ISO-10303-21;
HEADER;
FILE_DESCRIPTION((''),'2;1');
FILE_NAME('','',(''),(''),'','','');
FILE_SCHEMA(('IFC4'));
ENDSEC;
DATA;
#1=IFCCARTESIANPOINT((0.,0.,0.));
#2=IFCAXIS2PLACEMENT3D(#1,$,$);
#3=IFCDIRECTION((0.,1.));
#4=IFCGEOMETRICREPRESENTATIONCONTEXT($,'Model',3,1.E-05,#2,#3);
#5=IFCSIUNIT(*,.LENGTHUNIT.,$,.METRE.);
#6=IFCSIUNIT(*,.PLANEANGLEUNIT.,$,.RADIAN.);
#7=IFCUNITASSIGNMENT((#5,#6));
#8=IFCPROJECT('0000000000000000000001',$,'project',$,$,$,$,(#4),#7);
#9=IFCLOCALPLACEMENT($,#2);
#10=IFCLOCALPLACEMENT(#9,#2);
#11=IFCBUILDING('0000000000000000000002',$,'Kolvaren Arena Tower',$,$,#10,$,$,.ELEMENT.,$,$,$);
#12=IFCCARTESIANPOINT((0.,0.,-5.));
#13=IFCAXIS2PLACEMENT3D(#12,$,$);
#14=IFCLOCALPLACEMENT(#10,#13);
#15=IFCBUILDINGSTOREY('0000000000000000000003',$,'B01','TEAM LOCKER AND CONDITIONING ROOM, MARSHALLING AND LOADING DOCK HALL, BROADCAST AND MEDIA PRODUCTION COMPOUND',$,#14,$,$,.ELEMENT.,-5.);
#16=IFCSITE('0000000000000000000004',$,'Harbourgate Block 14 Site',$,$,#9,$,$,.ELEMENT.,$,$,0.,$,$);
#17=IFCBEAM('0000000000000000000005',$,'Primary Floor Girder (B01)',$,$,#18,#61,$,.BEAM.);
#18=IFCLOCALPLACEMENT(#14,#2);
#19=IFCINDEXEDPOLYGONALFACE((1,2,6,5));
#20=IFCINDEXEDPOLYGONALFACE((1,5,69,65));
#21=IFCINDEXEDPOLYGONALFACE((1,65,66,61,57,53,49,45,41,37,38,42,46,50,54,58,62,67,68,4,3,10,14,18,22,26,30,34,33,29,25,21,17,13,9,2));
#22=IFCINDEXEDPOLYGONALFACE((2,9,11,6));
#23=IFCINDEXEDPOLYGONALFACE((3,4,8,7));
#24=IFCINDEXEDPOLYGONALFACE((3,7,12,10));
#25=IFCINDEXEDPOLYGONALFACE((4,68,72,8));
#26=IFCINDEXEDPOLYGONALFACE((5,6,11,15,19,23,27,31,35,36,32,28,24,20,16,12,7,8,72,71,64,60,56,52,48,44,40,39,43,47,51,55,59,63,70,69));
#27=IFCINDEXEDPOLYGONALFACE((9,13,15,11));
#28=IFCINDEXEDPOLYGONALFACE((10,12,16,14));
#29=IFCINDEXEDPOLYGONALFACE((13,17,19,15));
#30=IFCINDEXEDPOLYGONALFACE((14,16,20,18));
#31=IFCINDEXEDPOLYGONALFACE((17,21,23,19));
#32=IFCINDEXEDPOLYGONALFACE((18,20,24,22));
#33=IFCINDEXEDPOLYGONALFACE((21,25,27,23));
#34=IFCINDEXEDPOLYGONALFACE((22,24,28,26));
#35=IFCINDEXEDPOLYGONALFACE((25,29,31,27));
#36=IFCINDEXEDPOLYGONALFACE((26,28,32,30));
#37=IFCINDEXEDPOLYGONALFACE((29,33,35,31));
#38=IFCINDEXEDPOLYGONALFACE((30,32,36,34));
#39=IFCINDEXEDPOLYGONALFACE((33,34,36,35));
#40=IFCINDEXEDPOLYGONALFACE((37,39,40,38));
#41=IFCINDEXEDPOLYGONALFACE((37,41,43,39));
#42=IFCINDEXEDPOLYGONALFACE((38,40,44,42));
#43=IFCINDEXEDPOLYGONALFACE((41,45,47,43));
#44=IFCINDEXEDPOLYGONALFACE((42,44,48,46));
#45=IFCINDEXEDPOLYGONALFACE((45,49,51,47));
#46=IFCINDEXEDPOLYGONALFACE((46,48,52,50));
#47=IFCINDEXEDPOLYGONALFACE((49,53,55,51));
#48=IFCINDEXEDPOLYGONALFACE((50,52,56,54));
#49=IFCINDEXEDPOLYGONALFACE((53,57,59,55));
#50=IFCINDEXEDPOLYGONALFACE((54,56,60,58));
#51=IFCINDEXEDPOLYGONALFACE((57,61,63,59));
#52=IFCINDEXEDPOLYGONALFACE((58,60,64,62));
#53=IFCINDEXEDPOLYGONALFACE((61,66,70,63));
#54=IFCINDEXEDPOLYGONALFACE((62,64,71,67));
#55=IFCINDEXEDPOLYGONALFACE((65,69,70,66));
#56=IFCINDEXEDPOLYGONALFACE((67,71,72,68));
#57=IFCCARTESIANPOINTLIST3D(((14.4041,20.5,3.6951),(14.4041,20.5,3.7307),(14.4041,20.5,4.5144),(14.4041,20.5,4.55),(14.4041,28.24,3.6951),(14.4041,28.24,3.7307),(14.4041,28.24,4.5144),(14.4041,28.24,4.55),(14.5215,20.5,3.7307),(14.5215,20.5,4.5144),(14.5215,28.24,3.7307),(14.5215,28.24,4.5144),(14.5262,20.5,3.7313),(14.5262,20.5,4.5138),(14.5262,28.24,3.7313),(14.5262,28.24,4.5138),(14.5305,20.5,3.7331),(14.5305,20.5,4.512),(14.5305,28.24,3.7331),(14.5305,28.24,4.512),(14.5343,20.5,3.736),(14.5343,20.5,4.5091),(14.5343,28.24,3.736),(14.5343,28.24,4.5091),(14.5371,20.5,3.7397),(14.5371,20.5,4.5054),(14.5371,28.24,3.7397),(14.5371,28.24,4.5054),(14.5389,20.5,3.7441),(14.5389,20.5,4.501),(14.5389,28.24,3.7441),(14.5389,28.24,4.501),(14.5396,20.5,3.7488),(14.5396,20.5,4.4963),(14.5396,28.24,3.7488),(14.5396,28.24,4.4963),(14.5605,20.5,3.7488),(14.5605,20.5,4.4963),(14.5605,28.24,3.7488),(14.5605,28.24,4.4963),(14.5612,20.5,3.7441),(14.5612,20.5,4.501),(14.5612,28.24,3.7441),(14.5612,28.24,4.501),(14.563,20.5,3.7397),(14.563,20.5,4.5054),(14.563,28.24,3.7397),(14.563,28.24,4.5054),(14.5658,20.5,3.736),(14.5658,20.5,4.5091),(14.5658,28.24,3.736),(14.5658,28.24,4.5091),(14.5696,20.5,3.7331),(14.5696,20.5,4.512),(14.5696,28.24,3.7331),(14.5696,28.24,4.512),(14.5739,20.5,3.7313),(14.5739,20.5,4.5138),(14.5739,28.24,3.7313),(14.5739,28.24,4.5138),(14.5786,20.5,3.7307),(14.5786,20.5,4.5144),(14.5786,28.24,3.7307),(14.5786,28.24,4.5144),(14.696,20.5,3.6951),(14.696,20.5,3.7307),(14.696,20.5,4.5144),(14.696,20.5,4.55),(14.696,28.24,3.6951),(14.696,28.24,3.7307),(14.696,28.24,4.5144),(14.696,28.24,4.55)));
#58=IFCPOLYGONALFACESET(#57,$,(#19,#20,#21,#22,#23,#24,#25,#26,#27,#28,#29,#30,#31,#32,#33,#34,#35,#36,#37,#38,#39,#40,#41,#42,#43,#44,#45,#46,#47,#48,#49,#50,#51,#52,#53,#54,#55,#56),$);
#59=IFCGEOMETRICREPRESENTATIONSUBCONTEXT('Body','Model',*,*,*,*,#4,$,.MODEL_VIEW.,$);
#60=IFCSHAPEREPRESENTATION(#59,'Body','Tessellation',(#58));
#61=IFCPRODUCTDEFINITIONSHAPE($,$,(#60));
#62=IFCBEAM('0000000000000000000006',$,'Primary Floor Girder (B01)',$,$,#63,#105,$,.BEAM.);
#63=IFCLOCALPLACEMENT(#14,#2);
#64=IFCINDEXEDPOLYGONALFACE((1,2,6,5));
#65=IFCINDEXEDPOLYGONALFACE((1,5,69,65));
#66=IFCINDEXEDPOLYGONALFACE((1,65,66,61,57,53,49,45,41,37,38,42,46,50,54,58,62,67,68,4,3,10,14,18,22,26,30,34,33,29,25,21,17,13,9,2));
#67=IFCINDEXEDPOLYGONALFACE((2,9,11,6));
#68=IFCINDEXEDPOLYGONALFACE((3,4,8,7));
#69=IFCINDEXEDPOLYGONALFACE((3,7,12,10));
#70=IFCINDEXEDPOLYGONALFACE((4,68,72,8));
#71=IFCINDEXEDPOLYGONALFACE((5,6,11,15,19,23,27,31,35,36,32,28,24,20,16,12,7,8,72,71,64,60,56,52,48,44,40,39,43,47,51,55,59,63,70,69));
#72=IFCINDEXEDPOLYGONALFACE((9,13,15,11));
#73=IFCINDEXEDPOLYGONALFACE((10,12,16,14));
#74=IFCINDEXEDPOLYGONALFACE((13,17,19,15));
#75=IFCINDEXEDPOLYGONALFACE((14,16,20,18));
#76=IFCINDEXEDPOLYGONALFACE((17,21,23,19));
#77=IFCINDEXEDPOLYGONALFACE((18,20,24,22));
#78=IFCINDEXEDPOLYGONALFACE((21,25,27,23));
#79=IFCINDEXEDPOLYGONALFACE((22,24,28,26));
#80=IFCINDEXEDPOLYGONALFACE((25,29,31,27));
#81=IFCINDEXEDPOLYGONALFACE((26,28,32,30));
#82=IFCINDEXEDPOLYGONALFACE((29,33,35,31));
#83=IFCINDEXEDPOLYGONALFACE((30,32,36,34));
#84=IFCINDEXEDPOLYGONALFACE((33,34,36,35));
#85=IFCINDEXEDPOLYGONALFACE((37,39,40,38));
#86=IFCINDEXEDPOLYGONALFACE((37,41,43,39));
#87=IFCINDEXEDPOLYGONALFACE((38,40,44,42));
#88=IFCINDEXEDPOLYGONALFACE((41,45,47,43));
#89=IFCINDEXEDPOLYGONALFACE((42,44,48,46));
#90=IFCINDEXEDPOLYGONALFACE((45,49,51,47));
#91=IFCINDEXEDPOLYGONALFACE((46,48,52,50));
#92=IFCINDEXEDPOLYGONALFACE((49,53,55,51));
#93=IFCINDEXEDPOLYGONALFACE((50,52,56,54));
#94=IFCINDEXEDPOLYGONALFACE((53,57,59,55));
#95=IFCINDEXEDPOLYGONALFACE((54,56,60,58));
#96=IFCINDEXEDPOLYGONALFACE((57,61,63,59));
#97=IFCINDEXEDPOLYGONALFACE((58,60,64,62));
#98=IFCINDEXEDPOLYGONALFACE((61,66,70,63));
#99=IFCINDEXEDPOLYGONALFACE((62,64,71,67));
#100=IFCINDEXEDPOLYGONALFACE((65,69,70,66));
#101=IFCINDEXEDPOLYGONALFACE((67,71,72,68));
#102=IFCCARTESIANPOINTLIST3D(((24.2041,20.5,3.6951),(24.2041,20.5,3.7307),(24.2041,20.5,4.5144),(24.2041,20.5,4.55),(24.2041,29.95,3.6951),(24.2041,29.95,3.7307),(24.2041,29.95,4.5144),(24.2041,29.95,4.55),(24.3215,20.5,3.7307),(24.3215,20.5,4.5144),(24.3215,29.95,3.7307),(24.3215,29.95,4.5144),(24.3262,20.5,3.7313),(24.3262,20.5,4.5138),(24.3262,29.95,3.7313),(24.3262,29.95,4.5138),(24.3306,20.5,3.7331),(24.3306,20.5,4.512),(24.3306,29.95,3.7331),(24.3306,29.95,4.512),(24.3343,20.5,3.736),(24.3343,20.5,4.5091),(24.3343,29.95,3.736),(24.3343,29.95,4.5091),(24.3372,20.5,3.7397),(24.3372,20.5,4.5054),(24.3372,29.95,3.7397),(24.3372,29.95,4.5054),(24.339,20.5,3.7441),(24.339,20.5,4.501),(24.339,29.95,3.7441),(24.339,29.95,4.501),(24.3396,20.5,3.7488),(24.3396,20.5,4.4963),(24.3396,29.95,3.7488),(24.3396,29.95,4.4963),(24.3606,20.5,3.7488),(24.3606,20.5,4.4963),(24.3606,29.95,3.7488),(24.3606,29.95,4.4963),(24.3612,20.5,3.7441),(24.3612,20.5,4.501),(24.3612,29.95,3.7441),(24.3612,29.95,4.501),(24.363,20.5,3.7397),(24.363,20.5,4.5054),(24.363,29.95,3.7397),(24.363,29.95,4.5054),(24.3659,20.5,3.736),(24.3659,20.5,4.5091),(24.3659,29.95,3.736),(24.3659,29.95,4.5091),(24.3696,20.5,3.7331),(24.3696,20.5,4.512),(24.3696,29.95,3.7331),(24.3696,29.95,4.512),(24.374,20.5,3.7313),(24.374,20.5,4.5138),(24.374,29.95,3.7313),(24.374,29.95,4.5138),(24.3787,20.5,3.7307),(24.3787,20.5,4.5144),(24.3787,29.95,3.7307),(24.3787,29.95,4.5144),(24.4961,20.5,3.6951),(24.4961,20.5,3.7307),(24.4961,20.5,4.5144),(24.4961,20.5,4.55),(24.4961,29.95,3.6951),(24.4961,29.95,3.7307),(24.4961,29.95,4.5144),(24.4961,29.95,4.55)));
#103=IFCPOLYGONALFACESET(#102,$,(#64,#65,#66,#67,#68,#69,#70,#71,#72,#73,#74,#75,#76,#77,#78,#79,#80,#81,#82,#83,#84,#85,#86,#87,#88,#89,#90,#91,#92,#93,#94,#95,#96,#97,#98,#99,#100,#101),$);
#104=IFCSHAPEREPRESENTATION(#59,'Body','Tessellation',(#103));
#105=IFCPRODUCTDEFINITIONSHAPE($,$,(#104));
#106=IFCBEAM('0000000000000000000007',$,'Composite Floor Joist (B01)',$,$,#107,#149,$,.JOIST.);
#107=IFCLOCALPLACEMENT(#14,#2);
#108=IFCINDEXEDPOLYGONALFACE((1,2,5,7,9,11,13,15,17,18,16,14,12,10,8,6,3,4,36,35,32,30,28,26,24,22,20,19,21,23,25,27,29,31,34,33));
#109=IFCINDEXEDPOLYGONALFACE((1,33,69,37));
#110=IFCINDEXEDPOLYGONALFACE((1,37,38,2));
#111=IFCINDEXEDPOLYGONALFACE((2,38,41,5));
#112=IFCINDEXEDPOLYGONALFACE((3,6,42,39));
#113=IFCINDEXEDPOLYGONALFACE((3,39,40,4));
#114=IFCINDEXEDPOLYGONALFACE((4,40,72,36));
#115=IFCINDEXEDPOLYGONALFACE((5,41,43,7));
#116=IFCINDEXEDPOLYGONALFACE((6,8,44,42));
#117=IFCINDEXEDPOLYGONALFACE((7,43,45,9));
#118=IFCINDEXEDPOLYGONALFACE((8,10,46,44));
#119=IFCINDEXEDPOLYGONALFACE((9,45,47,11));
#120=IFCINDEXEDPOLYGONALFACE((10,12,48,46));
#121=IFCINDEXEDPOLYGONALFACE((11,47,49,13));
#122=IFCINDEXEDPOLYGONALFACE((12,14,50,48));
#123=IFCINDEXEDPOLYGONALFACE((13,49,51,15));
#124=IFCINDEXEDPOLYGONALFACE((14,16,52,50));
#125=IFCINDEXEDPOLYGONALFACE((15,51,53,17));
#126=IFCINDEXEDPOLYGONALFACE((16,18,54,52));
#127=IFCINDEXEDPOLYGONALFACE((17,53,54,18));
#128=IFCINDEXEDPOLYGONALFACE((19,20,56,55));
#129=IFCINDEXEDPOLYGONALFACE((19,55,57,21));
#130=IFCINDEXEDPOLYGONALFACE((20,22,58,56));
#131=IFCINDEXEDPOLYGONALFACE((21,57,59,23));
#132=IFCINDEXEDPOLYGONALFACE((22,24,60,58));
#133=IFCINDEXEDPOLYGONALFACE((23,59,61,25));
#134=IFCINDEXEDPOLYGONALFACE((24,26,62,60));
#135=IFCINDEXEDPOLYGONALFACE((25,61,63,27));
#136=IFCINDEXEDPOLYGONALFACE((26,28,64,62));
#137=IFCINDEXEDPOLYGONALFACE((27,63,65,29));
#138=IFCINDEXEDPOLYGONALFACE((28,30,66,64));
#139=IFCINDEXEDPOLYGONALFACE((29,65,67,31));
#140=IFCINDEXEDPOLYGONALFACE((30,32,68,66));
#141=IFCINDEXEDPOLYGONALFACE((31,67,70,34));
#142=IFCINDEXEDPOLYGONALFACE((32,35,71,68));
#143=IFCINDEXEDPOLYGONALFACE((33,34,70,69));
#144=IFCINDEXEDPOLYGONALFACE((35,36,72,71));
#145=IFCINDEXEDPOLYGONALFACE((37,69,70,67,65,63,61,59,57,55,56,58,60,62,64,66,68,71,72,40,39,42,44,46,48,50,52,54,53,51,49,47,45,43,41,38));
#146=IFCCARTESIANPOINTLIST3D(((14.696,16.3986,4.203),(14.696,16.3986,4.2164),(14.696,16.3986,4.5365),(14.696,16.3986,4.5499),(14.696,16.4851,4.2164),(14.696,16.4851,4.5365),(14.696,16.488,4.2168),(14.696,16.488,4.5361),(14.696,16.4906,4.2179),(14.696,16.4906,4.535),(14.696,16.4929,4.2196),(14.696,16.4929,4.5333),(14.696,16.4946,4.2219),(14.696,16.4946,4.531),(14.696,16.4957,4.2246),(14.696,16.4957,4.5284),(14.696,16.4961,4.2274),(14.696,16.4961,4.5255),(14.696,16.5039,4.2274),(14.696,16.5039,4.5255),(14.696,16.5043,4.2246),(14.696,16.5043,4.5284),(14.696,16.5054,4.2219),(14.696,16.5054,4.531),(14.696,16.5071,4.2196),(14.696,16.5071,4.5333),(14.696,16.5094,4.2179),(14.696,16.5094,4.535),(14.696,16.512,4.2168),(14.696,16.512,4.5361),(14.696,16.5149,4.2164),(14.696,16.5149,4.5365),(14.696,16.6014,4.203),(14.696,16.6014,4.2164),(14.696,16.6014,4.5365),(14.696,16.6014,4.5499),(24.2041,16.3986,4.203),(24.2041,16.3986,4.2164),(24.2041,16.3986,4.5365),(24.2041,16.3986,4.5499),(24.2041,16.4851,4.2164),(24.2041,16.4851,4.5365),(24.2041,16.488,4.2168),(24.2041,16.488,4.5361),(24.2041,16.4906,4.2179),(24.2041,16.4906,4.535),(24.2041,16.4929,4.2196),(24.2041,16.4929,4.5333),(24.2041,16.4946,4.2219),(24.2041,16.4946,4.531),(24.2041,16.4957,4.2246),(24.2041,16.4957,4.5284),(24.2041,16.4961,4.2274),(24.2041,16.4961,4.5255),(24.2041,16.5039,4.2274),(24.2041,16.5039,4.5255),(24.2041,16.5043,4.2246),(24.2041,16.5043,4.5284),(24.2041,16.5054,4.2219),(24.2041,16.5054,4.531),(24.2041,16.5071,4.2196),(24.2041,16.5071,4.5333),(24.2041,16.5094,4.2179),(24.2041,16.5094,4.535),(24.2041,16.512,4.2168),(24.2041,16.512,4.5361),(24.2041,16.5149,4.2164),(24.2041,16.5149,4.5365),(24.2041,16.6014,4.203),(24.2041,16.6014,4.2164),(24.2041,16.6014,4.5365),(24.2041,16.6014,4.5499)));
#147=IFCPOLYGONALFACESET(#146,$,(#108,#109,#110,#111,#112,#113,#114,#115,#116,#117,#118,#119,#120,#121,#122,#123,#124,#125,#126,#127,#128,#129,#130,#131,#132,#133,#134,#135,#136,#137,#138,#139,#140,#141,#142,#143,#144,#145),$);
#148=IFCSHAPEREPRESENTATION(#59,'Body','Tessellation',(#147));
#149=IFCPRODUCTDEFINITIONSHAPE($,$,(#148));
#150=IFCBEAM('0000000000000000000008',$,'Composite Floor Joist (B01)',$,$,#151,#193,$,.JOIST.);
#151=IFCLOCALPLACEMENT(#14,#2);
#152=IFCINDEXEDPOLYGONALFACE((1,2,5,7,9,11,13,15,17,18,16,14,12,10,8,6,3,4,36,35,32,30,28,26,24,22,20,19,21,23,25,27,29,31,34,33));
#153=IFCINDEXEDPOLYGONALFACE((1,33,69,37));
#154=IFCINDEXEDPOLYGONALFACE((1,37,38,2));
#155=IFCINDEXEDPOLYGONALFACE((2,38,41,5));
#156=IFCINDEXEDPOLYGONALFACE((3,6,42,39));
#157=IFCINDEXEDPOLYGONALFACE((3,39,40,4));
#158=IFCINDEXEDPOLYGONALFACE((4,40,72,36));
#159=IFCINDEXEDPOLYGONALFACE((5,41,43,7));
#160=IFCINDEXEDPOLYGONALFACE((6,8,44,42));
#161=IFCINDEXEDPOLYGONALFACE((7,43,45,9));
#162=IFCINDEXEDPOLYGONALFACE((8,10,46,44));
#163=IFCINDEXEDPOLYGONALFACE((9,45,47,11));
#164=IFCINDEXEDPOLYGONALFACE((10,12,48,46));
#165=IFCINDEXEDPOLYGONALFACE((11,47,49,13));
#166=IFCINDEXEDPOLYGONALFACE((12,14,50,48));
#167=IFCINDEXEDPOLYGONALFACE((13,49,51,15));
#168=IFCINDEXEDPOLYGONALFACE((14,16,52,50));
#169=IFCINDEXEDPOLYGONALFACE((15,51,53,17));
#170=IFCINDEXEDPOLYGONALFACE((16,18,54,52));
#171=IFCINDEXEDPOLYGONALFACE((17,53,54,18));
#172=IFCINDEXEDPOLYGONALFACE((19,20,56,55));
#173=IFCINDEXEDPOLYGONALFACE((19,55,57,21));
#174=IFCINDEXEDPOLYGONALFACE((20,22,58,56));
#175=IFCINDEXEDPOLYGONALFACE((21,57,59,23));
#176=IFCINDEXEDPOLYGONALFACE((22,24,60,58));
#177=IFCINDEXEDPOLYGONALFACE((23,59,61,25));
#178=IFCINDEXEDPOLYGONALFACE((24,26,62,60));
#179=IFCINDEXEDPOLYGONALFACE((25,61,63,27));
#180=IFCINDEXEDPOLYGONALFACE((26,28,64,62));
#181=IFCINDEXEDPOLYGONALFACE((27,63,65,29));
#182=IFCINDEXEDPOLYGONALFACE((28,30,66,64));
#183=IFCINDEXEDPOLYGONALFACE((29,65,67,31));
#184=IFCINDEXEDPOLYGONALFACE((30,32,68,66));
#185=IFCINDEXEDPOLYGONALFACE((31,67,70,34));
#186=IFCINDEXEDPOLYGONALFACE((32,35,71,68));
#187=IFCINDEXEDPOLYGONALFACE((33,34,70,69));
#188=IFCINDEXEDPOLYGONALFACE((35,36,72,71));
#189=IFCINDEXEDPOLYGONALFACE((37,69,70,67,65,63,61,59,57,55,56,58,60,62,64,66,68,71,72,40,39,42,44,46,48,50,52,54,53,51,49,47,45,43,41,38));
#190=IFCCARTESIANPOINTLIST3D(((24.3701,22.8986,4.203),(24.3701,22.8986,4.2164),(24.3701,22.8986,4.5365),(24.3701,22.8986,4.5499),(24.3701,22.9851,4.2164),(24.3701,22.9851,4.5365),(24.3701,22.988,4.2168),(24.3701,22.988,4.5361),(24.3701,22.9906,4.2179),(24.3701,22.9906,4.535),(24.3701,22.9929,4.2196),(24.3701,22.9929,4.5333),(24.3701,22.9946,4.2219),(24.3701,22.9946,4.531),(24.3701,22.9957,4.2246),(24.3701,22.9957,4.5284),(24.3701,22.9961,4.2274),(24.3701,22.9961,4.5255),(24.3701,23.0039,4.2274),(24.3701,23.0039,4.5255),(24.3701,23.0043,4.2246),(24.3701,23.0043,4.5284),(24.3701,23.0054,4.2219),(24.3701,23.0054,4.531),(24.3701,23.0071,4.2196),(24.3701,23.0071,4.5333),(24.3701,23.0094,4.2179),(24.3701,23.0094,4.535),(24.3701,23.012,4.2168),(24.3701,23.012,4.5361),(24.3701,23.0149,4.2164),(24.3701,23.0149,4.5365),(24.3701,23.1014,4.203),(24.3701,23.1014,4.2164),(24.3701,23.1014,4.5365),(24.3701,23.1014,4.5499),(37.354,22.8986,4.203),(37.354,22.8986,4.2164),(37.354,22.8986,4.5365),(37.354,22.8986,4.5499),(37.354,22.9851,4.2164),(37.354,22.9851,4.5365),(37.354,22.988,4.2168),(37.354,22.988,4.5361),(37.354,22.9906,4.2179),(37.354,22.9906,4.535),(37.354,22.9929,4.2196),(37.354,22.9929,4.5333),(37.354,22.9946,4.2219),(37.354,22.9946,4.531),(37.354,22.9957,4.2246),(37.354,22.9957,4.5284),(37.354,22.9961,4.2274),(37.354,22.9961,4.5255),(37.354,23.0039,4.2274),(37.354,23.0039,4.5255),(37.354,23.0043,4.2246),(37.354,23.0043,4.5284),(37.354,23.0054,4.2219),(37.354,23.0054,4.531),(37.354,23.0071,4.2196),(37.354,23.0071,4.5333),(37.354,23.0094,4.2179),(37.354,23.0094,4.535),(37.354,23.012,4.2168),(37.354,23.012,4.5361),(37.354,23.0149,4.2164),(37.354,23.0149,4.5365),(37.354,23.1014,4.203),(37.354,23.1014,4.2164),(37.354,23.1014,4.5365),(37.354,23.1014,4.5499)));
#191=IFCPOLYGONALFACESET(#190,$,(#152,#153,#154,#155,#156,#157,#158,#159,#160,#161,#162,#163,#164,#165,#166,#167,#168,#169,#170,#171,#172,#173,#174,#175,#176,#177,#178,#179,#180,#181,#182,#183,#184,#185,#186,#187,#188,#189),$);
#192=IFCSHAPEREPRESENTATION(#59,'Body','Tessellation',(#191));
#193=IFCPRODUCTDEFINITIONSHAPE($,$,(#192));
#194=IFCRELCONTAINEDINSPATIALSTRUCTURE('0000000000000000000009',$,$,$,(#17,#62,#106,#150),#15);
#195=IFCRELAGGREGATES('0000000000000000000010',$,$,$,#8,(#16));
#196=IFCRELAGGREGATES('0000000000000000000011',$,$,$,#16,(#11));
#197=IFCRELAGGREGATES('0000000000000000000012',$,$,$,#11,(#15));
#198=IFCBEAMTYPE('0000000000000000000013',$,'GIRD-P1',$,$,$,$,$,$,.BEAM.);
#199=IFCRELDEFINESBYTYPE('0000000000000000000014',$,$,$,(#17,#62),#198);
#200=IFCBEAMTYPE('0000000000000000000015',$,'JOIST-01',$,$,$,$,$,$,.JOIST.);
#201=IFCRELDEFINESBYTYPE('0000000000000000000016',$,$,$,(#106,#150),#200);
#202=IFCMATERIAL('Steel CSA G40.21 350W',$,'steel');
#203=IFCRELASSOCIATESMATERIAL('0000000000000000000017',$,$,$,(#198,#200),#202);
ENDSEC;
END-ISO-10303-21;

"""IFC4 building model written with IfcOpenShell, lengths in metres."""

from ifc_helpers import new_model, si_unit, direction, frame, origin, origin_2d, place, context, subcontext, project, spatial, i_section, extrude, material, material_profile, profile_set, type_object, element, save


model = new_model("IFC4")

# Units and contexts
model_context = context("Model", 3, precision=1e-05, world=origin(), true_north=direction((0.0, 1.0)))
body_context = subcontext(model_context, "Body", "Model", "MODEL_VIEW")
ifc_project = project(units=[si_unit("LENGTHUNIT", "METRE"), si_unit("PLANEANGLEUNIT", "RADIAN")], contexts=[model_context])

# Site, building, storey
site_placement = place(None, origin())
site = spatial("IfcSite", under=ifc_project, at=site_placement, Name="Harbourgate Block 14 Site", CompositionType="ELEMENT", RefElevation=0.0)
building_placement = place(site_placement, origin())
building = spatial("IfcBuilding", under=site, at=building_placement, Name="Kolvaren Arena Tower", CompositionType="ELEMENT")
storey_placement = place(building_placement, frame((0.0, 0.0, -5.0)))
storey = spatial("IfcBuildingStorey", under=building, at=storey_placement, Name="B01", Description="TEAM LOCKER AND CONDITIONING ROOM, MARSHALLING AND LOADING DOCK HALL, BROADCAST AND MEDIA PRODUCTION COMPOUND", CompositionType="ELEMENT", Elevation=-5.0)

# Beams
ifc_material_1 = material(Name="Steel CSA G40.21 350W", Category="steel")
ifc_material_profile_1 = material_profile(ifc_material_1, i_section(OverallWidth=0.292, OverallDepth=0.855, WebThickness=0.021, FlangeThickness=0.0356, FilletRadius=0.0181, at=origin_2d()), Name="W840x299")
ifc_profile_set_1 = profile_set([ifc_material_profile_1], Name="Steel CSA G40.21 350W")
beam_type_1 = type_object("IfcBeamType", Name="GIRD-P1", PredefinedType="BEAM", material=ifc_profile_set_1)
beam_1_placement = place(storey_placement, frame((14.55, 20.5, 4.1226), z_axis=(0.0, 1.0, 0.0), x_axis=(-1.0, 0.0, 0.0)))
element("IfcBeam", 1, at=beam_1_placement, inside=storey, type_object=beam_type_1, Name="Primary Floor Girder (B01)", PredefinedType="BEAM", context=body_context, shape_type="SweptSolid", body=[
    extrude(i_section(OverallWidth=0.292, OverallDepth=0.855, WebThickness=0.021, FlangeThickness=0.0356, FilletRadius=0.0181, at=origin_2d()), origin(), (0.0, 0.0, 1.0), 7.74),
])
beam_2_placement = place(storey_placement, frame((24.3501, 20.5, 4.1226), z_axis=(0.0, 1.0, 0.0), x_axis=(-1.0, 0.0, 0.0)))
element("IfcBeam", 2, at=beam_2_placement, inside=storey, type_object=beam_type_1, Name="Primary Floor Girder (B01)", PredefinedType="BEAM", context=body_context, shape_type="SweptSolid", body=[
    extrude(i_section(OverallWidth=0.292, OverallDepth=0.855, WebThickness=0.021, FlangeThickness=0.0356, FilletRadius=0.0181, at=origin_2d()), origin(), (0.0, 0.0, 1.0), 9.45),
])
ifc_material_profile_2 = material_profile(ifc_material_1, i_section(OverallWidth=0.2029, OverallDepth=0.3469, WebThickness=0.0078, FlangeThickness=0.0134, FilletRadius=0.011, at=origin_2d()), Name="W360x64")
ifc_profile_set_2 = profile_set([ifc_material_profile_2], Name="Steel CSA G40.21 350W")
beam_type_2 = type_object("IfcBeamType", Name="JOIST-01", PredefinedType="JOIST", material=ifc_profile_set_2)
beam_3_placement = place(storey_placement, frame((14.696, 16.5, 4.3765), z_axis=(1.0, 0.0, 0.0), x_axis=(0.0, 1.0, 0.0)))
element("IfcBeam", 3, at=beam_3_placement, inside=storey, type_object=beam_type_2, Name="Composite Floor Joist (B01)", PredefinedType="JOIST", context=body_context, shape_type="SweptSolid", body=[
    extrude(i_section(OverallWidth=0.2029, OverallDepth=0.3469, WebThickness=0.0078, FlangeThickness=0.0134, FilletRadius=0.011, at=origin_2d()), origin(), (0.0, 0.0, 1.0), 9.5081),
])
beam_4_placement = place(storey_placement, frame((24.3701, 23.0, 4.3765), z_axis=(1.0, 0.0, 0.0), x_axis=(0.0, 1.0, 0.0)))
element("IfcBeam", 4, at=beam_4_placement, inside=storey, type_object=beam_type_2, Name="Composite Floor Joist (B01)", PredefinedType="JOIST", context=body_context, shape_type="SweptSolid", body=[
    extrude(i_section(OverallWidth=0.2029, OverallDepth=0.3469, WebThickness=0.0078, FlangeThickness=0.0134, FilletRadius=0.011, at=origin_2d()), origin(), (0.0, 0.0, 1.0), 12.9839),
])

save(model, "model.ifc")
